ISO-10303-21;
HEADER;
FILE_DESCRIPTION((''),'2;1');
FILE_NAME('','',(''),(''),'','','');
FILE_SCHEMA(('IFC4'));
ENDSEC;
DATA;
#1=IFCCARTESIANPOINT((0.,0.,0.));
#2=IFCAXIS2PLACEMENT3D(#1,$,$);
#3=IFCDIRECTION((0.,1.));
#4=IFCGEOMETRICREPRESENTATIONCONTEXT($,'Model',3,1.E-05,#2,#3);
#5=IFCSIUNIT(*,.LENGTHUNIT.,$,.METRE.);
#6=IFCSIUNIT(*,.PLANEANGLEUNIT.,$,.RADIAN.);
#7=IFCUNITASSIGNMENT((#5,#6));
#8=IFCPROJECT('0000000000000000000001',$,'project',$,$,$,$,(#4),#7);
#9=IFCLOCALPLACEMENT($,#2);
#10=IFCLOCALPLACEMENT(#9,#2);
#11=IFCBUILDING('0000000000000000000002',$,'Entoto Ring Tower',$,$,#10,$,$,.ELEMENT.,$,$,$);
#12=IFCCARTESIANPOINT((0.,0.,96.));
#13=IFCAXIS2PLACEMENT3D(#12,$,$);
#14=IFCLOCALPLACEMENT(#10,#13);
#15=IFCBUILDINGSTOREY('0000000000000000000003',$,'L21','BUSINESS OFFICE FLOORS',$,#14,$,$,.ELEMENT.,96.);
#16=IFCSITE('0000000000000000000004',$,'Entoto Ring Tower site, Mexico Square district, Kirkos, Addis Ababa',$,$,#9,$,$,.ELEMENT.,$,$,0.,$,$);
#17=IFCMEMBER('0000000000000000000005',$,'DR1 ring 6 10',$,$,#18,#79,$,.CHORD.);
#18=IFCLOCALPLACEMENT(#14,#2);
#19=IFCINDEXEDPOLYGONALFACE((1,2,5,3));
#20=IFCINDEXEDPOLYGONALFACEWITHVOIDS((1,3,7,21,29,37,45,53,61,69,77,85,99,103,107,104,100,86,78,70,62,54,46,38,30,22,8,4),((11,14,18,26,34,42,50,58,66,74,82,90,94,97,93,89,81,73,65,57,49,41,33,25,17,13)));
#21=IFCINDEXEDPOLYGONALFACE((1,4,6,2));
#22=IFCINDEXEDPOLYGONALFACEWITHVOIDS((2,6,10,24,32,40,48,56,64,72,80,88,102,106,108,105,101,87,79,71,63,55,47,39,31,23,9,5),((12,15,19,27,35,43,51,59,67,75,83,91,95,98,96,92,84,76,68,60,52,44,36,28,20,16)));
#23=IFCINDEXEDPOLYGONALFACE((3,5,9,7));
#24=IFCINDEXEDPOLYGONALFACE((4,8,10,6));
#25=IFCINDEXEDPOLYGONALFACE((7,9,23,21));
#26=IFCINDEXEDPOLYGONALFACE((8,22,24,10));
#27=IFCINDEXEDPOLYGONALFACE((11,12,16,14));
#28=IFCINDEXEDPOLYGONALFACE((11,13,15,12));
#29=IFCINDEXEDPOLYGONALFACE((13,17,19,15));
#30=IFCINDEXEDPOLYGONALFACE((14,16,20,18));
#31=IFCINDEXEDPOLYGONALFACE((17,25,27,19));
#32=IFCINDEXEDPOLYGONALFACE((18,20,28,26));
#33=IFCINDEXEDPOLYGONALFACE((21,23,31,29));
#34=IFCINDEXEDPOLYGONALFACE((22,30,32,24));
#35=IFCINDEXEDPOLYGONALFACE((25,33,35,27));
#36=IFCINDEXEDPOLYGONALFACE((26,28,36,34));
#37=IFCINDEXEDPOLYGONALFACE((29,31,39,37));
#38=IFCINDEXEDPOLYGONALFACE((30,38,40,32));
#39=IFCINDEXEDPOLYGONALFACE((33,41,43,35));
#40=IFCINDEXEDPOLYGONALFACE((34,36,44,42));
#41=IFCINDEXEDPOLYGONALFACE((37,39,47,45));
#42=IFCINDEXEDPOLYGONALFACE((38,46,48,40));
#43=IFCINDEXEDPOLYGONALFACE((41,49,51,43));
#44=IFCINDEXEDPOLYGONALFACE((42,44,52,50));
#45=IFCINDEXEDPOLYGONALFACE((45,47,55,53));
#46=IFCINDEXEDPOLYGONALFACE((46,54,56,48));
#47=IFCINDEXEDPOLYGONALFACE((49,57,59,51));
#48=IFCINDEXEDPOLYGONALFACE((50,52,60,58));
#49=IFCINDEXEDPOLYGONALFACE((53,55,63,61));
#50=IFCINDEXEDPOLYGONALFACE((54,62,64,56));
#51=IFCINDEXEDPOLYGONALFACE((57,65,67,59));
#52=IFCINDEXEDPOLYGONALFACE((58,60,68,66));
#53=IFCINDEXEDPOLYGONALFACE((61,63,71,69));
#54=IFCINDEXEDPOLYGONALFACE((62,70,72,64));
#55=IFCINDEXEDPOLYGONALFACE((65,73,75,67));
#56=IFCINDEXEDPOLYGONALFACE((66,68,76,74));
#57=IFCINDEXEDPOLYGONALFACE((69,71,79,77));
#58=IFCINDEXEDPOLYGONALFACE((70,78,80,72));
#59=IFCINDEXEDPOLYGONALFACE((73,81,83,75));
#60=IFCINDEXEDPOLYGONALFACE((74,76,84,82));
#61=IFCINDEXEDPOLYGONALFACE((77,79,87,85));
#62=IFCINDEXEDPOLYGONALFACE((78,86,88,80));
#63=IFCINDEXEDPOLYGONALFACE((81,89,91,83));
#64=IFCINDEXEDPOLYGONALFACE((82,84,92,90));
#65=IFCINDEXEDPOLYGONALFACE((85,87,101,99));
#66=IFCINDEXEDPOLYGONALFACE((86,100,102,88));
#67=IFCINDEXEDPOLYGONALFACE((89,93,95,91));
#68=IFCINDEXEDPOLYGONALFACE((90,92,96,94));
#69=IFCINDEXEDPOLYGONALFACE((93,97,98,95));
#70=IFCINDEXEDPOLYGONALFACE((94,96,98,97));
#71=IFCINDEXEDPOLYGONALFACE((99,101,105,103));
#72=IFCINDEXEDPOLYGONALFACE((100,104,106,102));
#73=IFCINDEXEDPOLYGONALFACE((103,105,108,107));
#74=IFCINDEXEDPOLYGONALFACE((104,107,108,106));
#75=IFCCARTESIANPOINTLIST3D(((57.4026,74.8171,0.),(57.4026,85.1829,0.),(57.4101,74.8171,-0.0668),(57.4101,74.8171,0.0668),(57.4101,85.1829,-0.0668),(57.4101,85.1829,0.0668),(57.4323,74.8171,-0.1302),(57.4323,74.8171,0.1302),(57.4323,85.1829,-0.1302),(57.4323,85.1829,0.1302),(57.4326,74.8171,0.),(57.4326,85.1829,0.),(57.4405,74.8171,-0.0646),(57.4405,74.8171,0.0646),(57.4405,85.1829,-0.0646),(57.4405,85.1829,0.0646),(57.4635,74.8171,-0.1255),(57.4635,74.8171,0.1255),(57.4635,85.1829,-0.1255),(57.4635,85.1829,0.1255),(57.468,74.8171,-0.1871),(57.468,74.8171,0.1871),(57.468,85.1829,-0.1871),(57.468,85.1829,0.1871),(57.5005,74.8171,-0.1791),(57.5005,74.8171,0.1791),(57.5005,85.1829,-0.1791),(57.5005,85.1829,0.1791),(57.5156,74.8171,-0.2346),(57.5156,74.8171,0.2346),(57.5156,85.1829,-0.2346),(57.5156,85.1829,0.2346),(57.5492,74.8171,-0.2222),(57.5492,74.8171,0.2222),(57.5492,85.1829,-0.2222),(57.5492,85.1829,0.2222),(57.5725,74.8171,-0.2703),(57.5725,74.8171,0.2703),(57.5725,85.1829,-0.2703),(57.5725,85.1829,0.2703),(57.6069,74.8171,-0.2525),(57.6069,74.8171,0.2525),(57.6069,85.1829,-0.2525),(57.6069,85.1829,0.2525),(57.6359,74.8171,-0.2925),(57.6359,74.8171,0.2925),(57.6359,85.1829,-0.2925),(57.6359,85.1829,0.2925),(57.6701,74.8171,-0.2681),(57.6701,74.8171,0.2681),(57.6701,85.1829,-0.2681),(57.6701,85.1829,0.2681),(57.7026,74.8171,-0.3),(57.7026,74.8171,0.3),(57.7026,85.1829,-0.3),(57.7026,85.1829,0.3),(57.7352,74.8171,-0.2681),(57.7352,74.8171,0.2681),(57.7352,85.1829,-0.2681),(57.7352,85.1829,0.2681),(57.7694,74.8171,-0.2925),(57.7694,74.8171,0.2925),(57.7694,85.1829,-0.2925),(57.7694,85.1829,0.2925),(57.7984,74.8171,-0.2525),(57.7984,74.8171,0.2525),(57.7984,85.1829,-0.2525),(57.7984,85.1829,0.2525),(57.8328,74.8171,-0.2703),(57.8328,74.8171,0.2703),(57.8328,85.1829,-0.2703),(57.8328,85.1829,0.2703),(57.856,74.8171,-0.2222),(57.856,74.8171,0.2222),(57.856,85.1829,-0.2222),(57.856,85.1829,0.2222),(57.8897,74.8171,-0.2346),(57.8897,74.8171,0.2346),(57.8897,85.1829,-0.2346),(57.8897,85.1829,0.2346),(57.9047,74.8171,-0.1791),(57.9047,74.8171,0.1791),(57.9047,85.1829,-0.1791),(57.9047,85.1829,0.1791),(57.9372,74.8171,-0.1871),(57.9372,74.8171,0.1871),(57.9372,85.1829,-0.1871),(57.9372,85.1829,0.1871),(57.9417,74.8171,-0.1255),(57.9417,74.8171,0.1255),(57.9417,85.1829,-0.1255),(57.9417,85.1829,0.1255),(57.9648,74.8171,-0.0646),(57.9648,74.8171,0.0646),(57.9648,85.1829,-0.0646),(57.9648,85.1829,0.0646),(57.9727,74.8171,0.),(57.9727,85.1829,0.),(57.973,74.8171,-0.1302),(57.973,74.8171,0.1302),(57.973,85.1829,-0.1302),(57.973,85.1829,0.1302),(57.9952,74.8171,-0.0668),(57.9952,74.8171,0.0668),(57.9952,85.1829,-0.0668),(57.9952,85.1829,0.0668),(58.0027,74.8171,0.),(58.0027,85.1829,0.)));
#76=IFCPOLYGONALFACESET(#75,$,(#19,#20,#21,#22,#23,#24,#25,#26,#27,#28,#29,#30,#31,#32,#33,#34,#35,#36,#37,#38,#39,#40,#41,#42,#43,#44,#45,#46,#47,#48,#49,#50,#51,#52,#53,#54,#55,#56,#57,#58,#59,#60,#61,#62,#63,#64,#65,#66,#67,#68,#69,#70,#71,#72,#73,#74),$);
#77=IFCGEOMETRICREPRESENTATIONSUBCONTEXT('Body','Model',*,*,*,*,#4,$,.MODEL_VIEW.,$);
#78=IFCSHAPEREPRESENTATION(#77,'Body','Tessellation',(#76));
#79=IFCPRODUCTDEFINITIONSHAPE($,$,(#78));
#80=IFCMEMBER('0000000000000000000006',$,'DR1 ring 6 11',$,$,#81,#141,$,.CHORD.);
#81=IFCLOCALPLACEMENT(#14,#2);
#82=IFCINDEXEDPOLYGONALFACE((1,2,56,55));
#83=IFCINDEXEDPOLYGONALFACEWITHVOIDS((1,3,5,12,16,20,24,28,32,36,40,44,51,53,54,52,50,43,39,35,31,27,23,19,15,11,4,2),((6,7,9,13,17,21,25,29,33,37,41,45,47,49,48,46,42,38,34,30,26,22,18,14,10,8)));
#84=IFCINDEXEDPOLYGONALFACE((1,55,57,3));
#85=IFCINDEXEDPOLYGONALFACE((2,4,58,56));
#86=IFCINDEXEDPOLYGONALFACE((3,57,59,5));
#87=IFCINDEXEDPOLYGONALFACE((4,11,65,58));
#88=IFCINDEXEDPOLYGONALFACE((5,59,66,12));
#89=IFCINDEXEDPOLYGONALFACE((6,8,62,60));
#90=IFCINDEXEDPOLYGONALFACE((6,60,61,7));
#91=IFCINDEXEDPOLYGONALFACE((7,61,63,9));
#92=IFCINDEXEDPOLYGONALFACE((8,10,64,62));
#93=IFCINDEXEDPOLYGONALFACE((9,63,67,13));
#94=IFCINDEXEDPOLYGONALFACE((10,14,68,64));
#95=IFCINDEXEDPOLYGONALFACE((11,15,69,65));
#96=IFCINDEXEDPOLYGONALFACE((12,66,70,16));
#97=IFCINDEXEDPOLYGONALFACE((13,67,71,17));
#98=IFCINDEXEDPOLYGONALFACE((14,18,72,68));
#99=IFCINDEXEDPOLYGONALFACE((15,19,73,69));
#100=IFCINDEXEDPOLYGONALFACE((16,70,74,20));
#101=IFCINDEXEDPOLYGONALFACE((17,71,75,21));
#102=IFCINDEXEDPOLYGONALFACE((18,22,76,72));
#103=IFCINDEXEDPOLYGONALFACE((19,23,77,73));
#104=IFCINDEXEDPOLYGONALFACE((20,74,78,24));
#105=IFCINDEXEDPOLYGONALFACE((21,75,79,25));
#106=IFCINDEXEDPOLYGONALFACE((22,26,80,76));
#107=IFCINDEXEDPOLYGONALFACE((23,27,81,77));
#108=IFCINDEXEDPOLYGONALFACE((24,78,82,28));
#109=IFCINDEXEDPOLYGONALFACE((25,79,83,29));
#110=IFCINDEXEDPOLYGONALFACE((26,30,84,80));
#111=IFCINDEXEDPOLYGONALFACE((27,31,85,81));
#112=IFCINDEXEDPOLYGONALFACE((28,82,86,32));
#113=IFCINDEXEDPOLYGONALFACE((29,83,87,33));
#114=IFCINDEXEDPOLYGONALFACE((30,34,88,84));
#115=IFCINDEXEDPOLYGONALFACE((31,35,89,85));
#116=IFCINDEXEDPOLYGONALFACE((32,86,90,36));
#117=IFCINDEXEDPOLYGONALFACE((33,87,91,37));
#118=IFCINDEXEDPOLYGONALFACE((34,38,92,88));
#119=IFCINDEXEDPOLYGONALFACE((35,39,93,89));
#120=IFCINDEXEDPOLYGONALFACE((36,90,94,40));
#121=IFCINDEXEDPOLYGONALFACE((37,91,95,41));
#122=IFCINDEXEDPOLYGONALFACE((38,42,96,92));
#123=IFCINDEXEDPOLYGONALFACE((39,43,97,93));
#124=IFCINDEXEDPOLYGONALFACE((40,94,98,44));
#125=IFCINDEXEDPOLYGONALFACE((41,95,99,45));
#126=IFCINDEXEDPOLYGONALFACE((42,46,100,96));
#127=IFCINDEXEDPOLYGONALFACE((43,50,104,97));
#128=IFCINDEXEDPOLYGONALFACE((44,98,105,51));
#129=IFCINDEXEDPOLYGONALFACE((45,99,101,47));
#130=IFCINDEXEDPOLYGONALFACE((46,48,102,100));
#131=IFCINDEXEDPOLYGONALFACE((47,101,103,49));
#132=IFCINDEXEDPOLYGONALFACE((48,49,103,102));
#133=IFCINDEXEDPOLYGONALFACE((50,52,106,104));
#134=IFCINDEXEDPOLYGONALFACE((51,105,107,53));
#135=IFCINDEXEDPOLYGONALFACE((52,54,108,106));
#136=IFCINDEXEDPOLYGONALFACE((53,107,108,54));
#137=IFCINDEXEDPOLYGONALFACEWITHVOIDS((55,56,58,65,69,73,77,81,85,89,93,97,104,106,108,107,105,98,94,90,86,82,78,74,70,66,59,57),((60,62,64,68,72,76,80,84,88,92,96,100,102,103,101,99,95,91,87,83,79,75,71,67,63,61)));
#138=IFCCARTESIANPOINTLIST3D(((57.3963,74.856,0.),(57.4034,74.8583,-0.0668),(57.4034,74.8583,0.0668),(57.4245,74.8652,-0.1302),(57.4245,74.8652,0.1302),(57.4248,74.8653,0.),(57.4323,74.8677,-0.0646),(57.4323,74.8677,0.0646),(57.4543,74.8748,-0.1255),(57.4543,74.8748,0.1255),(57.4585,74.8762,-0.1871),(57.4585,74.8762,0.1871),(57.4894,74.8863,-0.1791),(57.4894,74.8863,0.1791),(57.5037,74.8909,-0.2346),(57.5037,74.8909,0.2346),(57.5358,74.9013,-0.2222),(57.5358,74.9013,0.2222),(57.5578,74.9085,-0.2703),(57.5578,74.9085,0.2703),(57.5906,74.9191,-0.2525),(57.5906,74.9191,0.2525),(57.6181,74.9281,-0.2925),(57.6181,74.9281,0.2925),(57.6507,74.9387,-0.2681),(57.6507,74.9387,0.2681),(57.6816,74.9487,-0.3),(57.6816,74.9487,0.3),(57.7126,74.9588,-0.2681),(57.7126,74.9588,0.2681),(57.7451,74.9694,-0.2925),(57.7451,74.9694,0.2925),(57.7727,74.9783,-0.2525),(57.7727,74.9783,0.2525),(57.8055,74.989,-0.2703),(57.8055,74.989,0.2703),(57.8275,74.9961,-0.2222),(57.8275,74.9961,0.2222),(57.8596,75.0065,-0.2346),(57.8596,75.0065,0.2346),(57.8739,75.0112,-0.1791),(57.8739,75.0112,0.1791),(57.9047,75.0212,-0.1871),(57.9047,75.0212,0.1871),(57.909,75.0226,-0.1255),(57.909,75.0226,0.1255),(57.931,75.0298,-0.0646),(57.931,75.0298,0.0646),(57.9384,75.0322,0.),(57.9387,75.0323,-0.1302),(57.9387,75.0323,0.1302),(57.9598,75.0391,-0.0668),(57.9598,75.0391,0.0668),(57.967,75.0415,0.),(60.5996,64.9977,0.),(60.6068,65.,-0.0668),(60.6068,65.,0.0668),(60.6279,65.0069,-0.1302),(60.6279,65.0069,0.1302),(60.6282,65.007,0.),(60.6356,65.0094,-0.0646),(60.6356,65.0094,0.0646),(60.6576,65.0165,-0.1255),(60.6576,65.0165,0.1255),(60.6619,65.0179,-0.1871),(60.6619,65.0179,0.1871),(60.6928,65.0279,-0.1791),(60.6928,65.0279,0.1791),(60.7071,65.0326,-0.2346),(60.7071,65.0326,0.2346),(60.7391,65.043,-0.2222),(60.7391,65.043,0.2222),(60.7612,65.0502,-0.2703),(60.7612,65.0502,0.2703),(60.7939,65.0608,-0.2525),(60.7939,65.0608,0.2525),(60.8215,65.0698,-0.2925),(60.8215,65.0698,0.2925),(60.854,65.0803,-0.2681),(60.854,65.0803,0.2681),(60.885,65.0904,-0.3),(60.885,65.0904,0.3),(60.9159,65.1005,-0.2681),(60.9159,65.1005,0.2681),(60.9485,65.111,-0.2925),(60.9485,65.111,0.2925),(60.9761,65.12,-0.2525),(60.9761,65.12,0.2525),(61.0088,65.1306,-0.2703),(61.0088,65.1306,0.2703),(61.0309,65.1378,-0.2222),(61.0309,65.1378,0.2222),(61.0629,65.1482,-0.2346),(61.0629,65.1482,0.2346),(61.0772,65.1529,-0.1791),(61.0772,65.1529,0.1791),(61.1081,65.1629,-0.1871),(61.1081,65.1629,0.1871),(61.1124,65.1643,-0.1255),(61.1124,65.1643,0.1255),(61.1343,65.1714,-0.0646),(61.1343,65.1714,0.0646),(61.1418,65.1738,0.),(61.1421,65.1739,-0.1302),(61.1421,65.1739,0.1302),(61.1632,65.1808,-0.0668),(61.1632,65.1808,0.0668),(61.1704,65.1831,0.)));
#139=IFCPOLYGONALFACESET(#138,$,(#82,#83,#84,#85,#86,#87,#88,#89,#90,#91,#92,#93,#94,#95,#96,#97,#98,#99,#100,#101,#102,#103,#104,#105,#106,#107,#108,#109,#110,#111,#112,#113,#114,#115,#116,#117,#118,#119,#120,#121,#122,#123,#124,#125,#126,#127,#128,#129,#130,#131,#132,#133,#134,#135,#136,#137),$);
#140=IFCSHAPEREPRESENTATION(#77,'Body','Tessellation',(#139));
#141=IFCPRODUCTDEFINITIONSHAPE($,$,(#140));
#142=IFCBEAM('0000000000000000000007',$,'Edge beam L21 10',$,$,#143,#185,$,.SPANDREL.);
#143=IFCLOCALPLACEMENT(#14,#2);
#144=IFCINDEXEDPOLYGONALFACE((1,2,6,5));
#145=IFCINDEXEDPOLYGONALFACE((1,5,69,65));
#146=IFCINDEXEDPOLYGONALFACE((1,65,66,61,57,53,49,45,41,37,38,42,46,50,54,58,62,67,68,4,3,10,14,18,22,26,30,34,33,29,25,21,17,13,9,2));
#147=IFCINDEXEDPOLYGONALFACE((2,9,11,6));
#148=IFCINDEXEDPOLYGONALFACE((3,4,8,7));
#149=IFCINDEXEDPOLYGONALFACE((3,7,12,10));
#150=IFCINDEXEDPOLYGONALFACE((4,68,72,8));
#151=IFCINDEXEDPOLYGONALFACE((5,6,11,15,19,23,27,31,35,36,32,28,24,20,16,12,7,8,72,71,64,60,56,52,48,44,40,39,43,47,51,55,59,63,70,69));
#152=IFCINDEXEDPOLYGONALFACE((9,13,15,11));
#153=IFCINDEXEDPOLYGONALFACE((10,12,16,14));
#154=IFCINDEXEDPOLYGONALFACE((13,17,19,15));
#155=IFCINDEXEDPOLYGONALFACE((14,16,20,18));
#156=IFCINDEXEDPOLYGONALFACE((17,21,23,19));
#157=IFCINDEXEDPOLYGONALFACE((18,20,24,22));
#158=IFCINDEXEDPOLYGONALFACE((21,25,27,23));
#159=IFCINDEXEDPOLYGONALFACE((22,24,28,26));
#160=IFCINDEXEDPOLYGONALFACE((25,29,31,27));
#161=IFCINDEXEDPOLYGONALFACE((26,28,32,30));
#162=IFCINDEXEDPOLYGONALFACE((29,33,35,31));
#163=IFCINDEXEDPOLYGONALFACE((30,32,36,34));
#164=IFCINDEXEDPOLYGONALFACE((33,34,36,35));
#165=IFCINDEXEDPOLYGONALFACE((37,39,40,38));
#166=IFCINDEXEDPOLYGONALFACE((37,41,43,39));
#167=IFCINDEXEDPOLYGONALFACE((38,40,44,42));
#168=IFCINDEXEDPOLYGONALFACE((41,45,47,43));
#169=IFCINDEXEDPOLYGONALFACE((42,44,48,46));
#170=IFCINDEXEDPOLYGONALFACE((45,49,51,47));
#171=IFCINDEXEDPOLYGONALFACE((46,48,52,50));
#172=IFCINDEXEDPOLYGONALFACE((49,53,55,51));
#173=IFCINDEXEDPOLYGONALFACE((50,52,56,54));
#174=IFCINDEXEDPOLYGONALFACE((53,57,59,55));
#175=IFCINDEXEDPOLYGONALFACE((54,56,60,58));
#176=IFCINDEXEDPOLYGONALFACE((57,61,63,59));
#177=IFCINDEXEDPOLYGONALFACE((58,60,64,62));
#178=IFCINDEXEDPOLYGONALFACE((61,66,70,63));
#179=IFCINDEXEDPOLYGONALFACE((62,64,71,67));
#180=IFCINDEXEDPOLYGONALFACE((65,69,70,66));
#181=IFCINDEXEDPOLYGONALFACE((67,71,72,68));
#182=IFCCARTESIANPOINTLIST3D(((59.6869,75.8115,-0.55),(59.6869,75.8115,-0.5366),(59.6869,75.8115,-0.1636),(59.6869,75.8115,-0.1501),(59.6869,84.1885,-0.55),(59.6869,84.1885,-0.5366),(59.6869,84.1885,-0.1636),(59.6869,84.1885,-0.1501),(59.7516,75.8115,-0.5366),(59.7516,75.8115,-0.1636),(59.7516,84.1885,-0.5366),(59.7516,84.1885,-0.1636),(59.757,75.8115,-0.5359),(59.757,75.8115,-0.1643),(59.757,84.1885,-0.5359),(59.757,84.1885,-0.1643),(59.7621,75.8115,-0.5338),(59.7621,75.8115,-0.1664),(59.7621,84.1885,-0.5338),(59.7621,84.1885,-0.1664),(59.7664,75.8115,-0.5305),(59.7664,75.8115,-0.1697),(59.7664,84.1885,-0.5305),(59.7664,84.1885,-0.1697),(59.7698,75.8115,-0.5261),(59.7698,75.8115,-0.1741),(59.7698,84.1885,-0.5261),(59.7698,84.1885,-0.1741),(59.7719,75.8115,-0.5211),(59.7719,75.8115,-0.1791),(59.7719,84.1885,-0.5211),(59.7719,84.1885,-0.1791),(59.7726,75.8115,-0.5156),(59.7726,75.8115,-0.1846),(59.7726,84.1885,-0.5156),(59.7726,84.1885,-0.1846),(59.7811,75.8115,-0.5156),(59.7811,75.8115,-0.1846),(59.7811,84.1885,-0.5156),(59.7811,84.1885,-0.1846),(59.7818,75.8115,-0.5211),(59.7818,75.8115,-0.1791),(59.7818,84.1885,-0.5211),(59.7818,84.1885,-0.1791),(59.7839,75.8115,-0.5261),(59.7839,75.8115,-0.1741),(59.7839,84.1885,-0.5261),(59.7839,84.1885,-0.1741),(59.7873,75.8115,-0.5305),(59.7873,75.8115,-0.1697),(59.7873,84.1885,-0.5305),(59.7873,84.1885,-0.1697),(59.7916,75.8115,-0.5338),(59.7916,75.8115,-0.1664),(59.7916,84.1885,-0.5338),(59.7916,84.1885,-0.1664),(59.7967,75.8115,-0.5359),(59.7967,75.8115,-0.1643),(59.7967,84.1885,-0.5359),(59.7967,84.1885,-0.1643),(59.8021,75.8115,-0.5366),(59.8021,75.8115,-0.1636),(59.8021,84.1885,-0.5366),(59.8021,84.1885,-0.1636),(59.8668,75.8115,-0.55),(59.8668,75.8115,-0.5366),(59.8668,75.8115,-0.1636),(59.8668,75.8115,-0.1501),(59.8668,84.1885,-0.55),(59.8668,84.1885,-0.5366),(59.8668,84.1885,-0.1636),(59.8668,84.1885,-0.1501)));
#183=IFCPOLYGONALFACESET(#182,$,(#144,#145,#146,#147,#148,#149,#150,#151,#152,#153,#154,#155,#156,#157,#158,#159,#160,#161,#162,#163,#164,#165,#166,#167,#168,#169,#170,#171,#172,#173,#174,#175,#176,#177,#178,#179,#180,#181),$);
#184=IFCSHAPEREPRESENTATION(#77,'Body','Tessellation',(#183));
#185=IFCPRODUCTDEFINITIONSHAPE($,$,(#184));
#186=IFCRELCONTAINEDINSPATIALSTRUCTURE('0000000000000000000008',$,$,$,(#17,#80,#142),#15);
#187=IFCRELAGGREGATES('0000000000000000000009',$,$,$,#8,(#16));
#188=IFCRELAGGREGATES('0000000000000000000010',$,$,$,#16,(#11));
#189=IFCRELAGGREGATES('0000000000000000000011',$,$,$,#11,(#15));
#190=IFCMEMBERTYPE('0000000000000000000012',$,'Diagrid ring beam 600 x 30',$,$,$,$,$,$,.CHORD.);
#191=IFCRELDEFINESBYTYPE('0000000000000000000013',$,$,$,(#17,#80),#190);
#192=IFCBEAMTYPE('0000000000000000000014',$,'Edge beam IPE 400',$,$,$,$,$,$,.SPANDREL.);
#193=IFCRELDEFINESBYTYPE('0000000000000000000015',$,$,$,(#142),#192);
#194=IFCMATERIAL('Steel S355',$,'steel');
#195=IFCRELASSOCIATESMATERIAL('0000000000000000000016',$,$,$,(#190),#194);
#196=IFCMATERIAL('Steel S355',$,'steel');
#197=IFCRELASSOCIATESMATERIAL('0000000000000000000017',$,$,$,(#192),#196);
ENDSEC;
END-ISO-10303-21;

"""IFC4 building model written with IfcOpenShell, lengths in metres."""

from ifc_helpers import new_model, si_unit, direction, frame, origin, origin_2d, place, context, subcontext, project, spatial, circle, hollow_circle, i_section, extrude, material, material_profile, profile_set, type_object, element, save


model = new_model("IFC4")

# Units and contexts
model_context = context("Model", 3, precision=1e-05, world=origin(), true_north=direction((0.0, 1.0)))
body_context = subcontext(model_context, "Body", "Model", "MODEL_VIEW")
ifc_project = project(units=[si_unit("LENGTHUNIT", "METRE"), si_unit("PLANEANGLEUNIT", "RADIAN")], contexts=[model_context])

# Site, building, storey
site_placement = place(None, origin())
site = spatial("IfcSite", under=ifc_project, at=site_placement, Name="Entoto Ring Tower site, Mexico Square district, Kirkos, Addis Ababa", CompositionType="ELEMENT", RefElevation=0.0)
building_placement = place(site_placement, origin())
building = spatial("IfcBuilding", under=site, at=building_placement, Name="Entoto Ring Tower", CompositionType="ELEMENT")
storey_placement = place(building_placement, frame((0.0, 0.0, 96.0)))
storey = spatial("IfcBuildingStorey", under=building, at=storey_placement, Name="L21", Description="BUSINESS OFFICE FLOORS", CompositionType="ELEMENT", Elevation=96.0)

# Members
ifc_material_1 = material(Name="Steel S355", Category="steel")
ifc_material_profile_1 = material_profile(ifc_material_1, hollow_circle(Radius=0.3, WallThickness=0.03, at=origin_2d()), Name="CHS 600 x 30")
ifc_material_2 = material(Name="Concrete C60/75", Category="concrete")
ifc_material_profile_2 = material_profile(ifc_material_2, circle(Radius=0.27, at=origin_2d()), Name="Concrete C60/75 infill")
ifc_profile_set_1 = profile_set([ifc_material_profile_1, ifc_material_profile_2], Name="Steel S355")
member_type_1 = type_object("IfcMemberType", Name="Diagrid ring beam 600 x 30", PredefinedType="CHORD", material=ifc_profile_set_1)
for number, where, z_axis, x_axis, name in (
    (1, (57.7026, 85.1829, 0.0), (0.0, -1.0, 0.0), (1.0, 0.0, 0.0), "DR1 ring 6 10"),
    (2, (57.6816, 74.9487, 0.0), (0.309033, -0.951051, 0.0), (0.951051, 0.309033, 0.0), "DR1 ring 6 11"),
):
    element("IfcMember", number, at=place(storey_placement, frame(where, z_axis=z_axis, x_axis=x_axis)), inside=storey, type_object=member_type_1, Name=name, PredefinedType="CHORD", context=body_context, shape_type="SweptSolid", body=[
        extrude(hollow_circle(Radius=0.3, WallThickness=0.03, at=origin_2d()), origin(), (0.0, 0.0, 1.0), 10.3657),
    ])

# Beam
ifc_material_3 = material(Name="Steel S355", Category="steel")
ifc_material_profile_3 = material_profile(ifc_material_3, i_section(OverallWidth=0.1799, OverallDepth=0.3999, WebThickness=0.0085, FlangeThickness=0.0134, FilletRadius=0.021, at=origin_2d()), Name="IPE 400")
ifc_profile_set_2 = profile_set([ifc_material_profile_3], Name="Steel S355")
beam_type_1 = type_object("IfcBeamType", Name="Edge beam IPE 400", PredefinedType="SPANDREL", material=ifc_profile_set_2)
for number, where, z_axis, x_axis, name in (
    (3, (59.7769, 84.1885, -0.3501), (0.0, -1.0, 0.0), (1.0, 0.0, 0.0), "Edge beam L21 10"),
):
    element("IfcBeam", number, at=place(storey_placement, frame(where, z_axis=z_axis, x_axis=x_axis)), inside=storey, type_object=beam_type_1, Name=name, PredefinedType="SPANDREL", context=body_context, shape_type="SweptSolid", body=[
        extrude(i_section(OverallWidth=0.1799, OverallDepth=0.3999, WebThickness=0.0085, FlangeThickness=0.0134, FilletRadius=0.021, at=origin_2d()), origin(), (0.0, 0.0, 1.0), 8.377),
    ])

save(model, "model.ifc")
